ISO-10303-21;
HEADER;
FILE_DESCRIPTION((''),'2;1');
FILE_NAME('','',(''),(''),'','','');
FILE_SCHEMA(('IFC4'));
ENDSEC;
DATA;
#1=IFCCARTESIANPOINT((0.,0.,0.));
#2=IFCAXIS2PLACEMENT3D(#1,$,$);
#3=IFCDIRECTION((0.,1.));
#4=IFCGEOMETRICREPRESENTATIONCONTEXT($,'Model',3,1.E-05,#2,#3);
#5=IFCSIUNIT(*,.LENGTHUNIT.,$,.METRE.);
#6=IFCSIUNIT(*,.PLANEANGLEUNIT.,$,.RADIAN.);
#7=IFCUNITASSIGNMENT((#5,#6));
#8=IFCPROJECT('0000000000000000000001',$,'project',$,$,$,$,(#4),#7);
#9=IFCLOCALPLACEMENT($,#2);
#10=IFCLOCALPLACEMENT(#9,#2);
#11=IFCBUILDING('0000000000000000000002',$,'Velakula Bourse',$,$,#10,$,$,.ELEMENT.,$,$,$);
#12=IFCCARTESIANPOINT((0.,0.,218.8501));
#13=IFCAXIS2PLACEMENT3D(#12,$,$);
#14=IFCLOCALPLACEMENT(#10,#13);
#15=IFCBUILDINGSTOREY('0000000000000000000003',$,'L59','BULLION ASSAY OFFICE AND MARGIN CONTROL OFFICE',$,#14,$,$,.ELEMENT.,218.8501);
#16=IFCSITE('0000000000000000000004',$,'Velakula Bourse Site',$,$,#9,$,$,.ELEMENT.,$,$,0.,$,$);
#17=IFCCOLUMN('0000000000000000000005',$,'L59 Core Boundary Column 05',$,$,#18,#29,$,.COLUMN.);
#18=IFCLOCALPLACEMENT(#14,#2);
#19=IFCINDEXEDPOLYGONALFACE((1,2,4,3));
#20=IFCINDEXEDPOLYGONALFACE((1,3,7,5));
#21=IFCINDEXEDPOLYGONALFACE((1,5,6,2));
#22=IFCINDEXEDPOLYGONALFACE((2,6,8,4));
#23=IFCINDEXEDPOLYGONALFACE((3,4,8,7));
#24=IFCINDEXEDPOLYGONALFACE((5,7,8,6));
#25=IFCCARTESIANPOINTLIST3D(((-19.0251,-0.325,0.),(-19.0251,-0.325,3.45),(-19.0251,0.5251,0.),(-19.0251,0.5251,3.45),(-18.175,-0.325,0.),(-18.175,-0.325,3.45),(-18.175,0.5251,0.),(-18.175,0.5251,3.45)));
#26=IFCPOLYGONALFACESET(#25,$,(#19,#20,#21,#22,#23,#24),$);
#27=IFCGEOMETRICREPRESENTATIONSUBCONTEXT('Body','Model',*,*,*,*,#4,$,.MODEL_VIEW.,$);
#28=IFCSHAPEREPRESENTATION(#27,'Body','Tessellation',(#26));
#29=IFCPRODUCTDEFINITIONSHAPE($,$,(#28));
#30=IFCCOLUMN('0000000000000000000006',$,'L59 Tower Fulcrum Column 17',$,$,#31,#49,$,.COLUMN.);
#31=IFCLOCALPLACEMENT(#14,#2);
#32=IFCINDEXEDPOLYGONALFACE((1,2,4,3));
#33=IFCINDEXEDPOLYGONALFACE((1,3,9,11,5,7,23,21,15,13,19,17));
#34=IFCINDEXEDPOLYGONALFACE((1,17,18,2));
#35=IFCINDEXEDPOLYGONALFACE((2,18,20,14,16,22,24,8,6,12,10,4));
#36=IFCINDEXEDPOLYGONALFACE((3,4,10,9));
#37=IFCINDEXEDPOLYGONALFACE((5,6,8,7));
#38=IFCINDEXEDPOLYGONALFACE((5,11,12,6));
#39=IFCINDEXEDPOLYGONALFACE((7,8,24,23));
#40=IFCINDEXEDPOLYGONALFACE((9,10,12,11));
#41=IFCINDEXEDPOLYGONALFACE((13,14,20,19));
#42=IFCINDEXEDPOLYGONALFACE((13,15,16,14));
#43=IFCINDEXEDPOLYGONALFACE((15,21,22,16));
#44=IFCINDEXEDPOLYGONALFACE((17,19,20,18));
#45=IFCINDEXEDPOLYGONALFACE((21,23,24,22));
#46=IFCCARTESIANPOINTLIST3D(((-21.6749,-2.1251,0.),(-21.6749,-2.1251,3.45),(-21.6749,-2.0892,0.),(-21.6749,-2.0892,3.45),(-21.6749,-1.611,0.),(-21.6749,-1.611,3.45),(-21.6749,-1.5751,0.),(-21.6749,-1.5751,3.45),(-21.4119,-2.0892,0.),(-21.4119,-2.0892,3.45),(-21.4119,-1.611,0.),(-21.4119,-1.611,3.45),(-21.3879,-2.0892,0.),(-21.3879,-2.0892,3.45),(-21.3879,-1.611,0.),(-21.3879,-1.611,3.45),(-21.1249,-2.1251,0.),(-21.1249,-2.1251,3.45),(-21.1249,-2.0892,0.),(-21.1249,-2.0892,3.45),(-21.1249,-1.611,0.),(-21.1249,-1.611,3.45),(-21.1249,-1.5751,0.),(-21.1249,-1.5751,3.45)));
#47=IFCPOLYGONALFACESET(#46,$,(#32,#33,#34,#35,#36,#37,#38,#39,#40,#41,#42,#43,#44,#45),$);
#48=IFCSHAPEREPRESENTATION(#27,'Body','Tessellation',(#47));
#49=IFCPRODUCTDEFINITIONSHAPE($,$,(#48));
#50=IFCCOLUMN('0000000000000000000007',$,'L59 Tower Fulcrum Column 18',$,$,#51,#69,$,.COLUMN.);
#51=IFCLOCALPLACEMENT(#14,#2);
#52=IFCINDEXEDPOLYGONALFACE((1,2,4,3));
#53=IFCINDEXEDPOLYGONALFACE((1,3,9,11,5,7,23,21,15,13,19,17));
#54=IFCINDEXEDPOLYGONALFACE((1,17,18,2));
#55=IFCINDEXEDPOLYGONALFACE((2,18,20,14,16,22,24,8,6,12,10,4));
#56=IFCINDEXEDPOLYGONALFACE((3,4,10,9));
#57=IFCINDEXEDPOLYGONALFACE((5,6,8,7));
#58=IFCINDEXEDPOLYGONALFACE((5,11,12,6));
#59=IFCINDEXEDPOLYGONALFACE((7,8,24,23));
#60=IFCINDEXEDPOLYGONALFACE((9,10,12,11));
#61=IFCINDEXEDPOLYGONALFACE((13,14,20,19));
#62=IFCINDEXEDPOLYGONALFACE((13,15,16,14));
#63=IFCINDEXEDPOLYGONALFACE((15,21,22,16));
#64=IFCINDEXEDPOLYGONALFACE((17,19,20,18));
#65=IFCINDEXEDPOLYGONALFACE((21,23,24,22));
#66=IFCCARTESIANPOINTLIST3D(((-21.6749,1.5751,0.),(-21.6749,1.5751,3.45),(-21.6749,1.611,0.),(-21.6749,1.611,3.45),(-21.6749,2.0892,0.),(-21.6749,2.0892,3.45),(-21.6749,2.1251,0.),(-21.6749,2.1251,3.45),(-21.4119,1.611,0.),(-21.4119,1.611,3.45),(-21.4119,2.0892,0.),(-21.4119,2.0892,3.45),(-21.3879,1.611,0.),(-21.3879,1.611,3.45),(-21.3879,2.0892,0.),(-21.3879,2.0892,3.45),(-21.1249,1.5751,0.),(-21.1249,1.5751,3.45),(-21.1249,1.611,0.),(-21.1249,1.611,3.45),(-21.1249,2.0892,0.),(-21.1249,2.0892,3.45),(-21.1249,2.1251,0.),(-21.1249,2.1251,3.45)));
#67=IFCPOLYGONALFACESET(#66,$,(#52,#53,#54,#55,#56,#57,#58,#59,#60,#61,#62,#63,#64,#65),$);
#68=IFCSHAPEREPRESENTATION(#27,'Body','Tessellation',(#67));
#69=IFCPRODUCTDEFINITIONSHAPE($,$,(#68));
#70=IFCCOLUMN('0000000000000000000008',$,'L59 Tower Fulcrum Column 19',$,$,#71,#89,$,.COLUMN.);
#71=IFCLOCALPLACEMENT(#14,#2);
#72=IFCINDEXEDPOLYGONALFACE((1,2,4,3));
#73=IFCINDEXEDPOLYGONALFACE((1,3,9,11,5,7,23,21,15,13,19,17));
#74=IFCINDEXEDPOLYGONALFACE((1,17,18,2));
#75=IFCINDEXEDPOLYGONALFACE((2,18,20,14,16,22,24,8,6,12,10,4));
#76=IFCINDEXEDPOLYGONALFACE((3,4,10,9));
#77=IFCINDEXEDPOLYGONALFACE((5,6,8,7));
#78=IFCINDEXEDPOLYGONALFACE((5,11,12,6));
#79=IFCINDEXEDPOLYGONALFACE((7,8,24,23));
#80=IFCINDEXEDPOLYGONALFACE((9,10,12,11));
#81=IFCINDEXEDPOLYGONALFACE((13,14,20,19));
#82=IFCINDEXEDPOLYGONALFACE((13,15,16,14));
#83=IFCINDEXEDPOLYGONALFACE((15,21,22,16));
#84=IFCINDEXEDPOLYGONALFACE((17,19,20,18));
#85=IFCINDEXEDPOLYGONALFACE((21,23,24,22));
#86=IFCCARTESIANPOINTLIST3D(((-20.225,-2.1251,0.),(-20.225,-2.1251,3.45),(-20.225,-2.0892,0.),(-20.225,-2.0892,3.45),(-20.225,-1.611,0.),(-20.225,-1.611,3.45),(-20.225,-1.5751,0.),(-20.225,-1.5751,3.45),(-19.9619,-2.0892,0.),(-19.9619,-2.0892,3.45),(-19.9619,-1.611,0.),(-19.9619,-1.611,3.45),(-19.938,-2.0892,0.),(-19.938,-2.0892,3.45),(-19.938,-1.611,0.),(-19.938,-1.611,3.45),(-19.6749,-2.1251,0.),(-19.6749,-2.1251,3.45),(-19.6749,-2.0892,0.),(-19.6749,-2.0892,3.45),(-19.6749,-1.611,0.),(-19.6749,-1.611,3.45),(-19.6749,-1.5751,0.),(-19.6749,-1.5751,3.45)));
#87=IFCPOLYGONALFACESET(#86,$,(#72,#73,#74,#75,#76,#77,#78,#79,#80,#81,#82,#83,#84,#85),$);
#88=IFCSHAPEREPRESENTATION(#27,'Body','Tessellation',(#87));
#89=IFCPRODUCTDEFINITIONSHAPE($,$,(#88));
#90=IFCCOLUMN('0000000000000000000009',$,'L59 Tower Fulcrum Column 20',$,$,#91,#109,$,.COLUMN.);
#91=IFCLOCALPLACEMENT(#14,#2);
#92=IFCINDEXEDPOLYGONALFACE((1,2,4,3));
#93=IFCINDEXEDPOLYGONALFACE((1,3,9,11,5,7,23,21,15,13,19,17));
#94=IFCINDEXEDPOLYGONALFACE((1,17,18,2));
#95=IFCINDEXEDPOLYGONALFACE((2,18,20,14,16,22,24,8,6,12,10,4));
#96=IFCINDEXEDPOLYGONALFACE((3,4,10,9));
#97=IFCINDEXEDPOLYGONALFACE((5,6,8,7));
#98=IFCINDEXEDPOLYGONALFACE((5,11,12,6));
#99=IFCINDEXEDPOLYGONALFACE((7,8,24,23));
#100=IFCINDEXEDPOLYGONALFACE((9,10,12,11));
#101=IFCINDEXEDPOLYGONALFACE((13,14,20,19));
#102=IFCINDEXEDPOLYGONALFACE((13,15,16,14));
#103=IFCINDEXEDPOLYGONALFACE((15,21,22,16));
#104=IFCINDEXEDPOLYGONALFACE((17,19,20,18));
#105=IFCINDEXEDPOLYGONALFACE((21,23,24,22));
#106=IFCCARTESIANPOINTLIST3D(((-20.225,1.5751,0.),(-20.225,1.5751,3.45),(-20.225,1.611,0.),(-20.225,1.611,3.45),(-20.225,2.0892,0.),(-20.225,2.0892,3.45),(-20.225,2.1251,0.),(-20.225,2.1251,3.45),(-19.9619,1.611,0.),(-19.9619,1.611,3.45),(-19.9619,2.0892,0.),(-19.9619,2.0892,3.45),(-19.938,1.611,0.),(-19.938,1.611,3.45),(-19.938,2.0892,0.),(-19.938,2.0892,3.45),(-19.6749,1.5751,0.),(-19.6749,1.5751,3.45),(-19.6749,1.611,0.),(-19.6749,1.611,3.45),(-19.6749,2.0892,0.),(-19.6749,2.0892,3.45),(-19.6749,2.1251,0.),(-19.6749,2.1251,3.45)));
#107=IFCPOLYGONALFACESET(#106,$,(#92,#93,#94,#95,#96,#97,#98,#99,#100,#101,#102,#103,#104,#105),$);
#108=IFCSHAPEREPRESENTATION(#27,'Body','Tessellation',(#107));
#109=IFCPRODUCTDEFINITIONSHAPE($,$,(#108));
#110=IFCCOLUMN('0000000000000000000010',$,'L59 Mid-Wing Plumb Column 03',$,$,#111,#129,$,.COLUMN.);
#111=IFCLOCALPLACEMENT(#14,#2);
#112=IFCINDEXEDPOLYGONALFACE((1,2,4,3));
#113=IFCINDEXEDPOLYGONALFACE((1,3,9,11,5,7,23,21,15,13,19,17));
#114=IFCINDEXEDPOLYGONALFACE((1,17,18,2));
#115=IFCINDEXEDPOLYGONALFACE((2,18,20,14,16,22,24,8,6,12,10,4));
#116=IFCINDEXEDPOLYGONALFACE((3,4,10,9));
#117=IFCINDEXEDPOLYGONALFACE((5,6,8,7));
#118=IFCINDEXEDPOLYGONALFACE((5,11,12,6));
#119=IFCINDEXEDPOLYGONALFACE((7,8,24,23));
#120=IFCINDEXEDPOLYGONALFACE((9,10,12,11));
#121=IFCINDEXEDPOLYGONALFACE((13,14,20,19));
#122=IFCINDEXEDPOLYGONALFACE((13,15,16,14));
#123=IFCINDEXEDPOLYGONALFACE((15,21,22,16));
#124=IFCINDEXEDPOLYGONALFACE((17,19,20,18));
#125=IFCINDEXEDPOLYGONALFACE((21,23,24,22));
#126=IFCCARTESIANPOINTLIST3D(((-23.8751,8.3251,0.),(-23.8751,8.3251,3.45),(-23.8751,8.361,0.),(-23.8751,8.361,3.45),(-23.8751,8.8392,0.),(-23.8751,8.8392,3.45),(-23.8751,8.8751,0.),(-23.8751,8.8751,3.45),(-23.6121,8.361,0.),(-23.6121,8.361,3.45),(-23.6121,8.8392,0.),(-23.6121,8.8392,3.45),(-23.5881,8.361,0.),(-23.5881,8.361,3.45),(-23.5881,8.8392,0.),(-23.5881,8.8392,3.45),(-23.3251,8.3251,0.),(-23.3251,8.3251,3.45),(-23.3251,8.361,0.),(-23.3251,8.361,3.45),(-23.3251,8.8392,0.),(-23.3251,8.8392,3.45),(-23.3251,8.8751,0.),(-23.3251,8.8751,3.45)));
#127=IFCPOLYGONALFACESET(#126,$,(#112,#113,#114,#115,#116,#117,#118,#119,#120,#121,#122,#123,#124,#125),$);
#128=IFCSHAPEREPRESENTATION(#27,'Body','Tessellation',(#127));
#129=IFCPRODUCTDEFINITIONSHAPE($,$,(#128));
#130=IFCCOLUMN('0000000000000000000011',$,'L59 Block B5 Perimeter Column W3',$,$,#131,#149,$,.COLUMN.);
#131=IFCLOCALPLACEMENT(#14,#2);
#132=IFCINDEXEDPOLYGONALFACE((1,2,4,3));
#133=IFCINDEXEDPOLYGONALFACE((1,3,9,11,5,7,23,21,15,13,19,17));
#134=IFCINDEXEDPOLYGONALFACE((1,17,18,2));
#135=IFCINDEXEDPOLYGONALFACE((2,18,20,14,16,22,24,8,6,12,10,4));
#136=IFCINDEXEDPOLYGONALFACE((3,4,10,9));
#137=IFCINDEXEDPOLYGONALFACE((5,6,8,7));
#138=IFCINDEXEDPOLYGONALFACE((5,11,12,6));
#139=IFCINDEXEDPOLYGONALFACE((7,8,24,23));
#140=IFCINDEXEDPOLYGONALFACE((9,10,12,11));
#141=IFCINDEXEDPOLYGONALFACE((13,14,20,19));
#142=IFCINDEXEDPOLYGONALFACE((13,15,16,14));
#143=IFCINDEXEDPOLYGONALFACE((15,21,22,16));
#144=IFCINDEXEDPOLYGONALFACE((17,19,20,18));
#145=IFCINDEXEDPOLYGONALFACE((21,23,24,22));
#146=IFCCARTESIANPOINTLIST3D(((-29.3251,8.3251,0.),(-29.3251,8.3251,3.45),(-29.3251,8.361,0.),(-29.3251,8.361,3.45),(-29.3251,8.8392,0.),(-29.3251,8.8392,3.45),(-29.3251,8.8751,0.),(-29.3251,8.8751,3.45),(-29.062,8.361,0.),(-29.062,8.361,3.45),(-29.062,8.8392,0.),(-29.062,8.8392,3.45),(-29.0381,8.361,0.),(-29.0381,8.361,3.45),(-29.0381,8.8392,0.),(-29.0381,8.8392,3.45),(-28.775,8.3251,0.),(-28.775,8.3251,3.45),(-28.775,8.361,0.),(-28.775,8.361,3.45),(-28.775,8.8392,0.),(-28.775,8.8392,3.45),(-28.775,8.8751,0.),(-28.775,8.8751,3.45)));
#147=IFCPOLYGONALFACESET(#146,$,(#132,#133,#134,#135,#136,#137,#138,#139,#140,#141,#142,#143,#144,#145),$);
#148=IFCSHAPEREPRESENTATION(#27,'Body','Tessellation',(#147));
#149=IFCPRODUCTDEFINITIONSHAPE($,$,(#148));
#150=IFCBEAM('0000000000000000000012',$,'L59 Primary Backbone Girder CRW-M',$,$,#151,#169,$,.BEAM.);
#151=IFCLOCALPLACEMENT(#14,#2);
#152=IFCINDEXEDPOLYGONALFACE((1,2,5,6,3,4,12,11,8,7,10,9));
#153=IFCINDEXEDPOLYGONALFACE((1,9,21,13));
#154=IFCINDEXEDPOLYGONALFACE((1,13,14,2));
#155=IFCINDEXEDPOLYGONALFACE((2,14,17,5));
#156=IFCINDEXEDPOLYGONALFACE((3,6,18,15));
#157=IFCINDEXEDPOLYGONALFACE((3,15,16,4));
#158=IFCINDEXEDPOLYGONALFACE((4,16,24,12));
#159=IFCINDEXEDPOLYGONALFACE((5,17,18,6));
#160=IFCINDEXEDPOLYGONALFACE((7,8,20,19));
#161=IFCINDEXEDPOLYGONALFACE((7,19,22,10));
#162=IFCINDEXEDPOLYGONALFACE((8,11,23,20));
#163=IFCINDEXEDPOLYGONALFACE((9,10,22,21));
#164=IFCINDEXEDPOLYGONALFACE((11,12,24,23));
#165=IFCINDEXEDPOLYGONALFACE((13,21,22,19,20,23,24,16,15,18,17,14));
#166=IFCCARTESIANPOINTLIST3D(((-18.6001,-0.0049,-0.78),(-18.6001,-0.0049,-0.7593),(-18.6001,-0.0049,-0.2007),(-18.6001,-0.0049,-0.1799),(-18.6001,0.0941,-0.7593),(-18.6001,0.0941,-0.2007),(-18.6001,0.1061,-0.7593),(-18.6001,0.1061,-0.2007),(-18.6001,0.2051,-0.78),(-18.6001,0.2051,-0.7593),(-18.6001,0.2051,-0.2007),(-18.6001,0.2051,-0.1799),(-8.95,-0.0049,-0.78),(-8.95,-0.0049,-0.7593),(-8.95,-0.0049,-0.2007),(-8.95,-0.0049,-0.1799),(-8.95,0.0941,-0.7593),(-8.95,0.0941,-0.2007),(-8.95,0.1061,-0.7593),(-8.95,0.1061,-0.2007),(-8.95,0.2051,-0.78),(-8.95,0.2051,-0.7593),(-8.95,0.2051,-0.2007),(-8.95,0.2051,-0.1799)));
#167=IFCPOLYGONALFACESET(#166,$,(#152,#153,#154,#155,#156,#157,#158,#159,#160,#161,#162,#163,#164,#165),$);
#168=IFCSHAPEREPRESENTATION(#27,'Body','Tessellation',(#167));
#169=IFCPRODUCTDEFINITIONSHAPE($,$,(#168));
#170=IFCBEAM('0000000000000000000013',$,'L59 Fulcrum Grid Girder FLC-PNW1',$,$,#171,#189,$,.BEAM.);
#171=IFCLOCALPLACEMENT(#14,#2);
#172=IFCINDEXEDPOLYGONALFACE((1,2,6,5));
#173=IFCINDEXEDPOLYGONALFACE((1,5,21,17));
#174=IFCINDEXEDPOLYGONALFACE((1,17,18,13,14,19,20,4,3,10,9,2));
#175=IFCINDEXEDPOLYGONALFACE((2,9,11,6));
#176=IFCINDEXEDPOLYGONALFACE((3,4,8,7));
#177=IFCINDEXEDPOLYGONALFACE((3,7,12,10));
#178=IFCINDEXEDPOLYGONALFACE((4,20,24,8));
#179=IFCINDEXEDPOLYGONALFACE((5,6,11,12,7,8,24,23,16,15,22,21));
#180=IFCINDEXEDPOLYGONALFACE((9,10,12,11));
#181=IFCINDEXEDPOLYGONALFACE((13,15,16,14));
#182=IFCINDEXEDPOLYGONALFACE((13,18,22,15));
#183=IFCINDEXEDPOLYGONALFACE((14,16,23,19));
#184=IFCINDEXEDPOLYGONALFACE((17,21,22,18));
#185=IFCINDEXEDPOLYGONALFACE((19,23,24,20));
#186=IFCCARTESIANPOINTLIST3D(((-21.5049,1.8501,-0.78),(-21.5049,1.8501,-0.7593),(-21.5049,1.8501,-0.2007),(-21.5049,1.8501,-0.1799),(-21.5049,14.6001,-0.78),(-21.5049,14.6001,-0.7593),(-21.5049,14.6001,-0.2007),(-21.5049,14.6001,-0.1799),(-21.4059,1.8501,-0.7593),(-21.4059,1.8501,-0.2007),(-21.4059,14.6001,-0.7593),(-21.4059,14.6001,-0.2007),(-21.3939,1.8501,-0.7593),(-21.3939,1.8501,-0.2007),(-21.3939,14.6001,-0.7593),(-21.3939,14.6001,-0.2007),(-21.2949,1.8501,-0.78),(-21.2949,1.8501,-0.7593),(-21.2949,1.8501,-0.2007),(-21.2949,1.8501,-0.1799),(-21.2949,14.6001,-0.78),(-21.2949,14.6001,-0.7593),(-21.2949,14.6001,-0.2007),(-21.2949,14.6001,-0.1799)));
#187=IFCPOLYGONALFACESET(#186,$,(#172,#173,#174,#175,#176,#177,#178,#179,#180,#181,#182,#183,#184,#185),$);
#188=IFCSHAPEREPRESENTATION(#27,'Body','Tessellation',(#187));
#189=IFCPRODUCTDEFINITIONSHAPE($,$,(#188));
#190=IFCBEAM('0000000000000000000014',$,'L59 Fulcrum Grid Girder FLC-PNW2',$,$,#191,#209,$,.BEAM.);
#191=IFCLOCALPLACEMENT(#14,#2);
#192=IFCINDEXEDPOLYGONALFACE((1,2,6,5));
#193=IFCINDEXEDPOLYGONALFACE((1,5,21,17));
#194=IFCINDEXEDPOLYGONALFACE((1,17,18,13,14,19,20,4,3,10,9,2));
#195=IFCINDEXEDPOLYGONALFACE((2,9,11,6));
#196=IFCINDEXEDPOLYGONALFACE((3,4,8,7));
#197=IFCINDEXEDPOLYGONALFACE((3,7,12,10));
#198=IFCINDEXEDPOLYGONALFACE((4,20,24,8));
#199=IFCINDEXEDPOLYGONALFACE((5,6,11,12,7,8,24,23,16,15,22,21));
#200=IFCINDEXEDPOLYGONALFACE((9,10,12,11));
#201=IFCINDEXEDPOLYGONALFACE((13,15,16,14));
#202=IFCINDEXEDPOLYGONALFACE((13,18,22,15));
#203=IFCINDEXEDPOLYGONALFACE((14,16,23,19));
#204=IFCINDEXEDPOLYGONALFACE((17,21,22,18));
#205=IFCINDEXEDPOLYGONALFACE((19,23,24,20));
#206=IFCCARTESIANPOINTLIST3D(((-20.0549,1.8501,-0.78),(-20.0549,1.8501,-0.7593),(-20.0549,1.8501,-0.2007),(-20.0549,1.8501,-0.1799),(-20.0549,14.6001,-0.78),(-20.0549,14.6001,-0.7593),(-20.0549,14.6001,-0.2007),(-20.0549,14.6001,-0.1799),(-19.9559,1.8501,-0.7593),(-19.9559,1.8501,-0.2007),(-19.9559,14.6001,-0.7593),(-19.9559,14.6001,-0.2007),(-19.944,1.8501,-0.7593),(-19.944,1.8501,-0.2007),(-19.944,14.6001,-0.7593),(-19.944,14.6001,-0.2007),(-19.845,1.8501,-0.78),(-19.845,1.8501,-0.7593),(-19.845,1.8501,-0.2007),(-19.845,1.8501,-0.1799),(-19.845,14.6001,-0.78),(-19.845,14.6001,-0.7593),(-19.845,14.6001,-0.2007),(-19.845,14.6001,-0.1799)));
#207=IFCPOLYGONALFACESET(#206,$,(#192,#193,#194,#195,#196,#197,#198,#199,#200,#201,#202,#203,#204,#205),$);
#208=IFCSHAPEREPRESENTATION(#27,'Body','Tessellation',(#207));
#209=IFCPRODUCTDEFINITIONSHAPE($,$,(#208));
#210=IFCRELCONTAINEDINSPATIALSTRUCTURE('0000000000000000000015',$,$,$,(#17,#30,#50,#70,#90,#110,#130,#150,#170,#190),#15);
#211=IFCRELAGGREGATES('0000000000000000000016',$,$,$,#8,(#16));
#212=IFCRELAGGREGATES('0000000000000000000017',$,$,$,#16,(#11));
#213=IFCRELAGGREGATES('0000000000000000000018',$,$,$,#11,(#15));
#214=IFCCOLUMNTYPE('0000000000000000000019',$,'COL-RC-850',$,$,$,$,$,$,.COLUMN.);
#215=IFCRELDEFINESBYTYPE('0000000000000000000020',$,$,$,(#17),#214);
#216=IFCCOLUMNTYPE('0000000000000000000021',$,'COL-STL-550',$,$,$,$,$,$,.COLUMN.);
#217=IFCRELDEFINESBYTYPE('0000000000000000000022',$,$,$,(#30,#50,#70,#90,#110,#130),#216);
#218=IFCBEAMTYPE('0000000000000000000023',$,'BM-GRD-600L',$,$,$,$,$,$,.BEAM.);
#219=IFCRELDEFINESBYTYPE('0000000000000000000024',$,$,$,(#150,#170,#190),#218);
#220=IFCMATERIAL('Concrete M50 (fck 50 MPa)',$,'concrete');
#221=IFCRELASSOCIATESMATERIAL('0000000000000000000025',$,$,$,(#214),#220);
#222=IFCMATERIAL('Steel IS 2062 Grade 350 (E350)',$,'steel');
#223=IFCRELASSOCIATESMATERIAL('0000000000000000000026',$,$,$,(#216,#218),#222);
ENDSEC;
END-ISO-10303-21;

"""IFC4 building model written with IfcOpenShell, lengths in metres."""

from ifc_helpers import new_model, si_unit, direction, frame, origin, origin_2d, place, context, subcontext, project, spatial, rectangle, i_section, extrude, material, material_profile, profile_set, type_object, element, save


model = new_model("IFC4")

# Units and contexts
model_context = context("Model", 3, precision=1e-05, world=origin(), true_north=direction((0.0, 1.0)))
body_context = subcontext(model_context, "Body", "Model", "MODEL_VIEW")
ifc_project = project(units=[si_unit("LENGTHUNIT", "METRE"), si_unit("PLANEANGLEUNIT", "RADIAN")], contexts=[model_context])

# Site, building, storey
site_placement = place(None, origin())
site = spatial("IfcSite", under=ifc_project, at=site_placement, Name="Velakula Bourse Site", CompositionType="ELEMENT", RefElevation=0.0)
building_placement = place(site_placement, origin())
building = spatial("IfcBuilding", under=site, at=building_placement, Name="Velakula Bourse", CompositionType="ELEMENT")
storey_placement = place(building_placement, frame((0.0, 0.0, 218.8501)))
storey = spatial("IfcBuildingStorey", under=building, at=storey_placement, Name="L59", Description="BULLION ASSAY OFFICE AND MARGIN CONTROL OFFICE", CompositionType="ELEMENT", Elevation=218.8501)

# Columns
ifc_material_1 = material(Name="Concrete M50 (fck 50 MPa)", Category="concrete")
ifc_material_profile_1 = material_profile(ifc_material_1, rectangle(XDim=0.8501, YDim=0.8501, at=origin_2d()), Name="Concrete M50 (fck 50 MPa)")
ifc_profile_set_1 = profile_set([ifc_material_profile_1], Name="Concrete M50 (fck 50 MPa)")
column_type_1 = type_object("IfcColumnType", Name="COL-RC-850", PredefinedType="COLUMN", material=ifc_profile_set_1)
column_placement = place(storey_placement, frame((-18.6001, 0.1001, 0.0), z_axis=(0.0, 0.0, 1.0), x_axis=(1.0, 0.0, 0.0)))
element("IfcColumn", 1, at=column_placement, inside=storey, type_object=column_type_1, Name="L59 Core Boundary Column 05", PredefinedType="COLUMN", context=body_context, shape_type="SweptSolid", body=[
    extrude(rectangle(XDim=0.8501, YDim=0.8501, at=origin_2d()), origin(), (0.0, 0.0, 1.0), 3.45),
])
ifc_material_2 = material(Name="Steel IS 2062 Grade 350 (E350)", Category="steel")
ifc_material_profile_2 = material_profile(ifc_material_2, i_section(OverallWidth=0.55, OverallDepth=0.55, WebThickness=0.0239, FlangeThickness=0.0359, at=origin_2d()), Name="Steel IS 2062 Grade 350 (E350)")
ifc_profile_set_2 = profile_set([ifc_material_profile_2], Name="Steel IS 2062 Grade 350 (E350)")
column_type_2 = type_object("IfcColumnType", Name="COL-STL-550", PredefinedType="COLUMN", material=ifc_profile_set_2)
for number, where, z_axis, x_axis, name in (
    (2, (-21.3999, -1.8501, 0.0), (0.0, 0.0, 1.0), (1.0, 0.0, 0.0), "L59 Tower Fulcrum Column 17"),
    (3, (-21.3999, 1.8501, 0.0), (0.0, 0.0, 1.0), (1.0, 0.0, 0.0), "L59 Tower Fulcrum Column 18"),
    (4, (-19.95, -1.8501, 0.0), (0.0, 0.0, 1.0), (1.0, 0.0, 0.0), "L59 Tower Fulcrum Column 19"),
    (5, (-19.95, 1.8501, 0.0), (0.0, 0.0, 1.0), (1.0, 0.0, 0.0), "L59 Tower Fulcrum Column 20"),
    (6, (-23.6001, 8.6001, 0.0), (0.0, 0.0, 1.0), (1.0, 0.0, 0.0), "L59 Mid-Wing Plumb Column 03"),
    (7, (-29.05, 8.6001, 0.0), (0.0, 0.0, 1.0), (1.0, 0.0, 0.0), "L59 Block B5 Perimeter Column W3"),
):
    element("IfcColumn", number, at=place(storey_placement, frame(where, z_axis=z_axis, x_axis=x_axis)), inside=storey, type_object=column_type_2, Name=name, PredefinedType="COLUMN", context=body_context, shape_type="SweptSolid", body=[
        extrude(i_section(OverallWidth=0.55, OverallDepth=0.55, WebThickness=0.0239, FlangeThickness=0.0359, at=origin_2d()), origin(), (0.0, 0.0, 1.0), 3.45),
    ])

# Beams
ifc_material_profile_3 = material_profile(ifc_material_2, i_section(OverallWidth=0.21, OverallDepth=0.6001, WebThickness=0.012, FlangeThickness=0.0208, at=origin_2d()), Name="Steel IS 2062 Grade 350 (E350)")
ifc_profile_set_3 = profile_set([ifc_material_profile_3], Name="Steel IS 2062 Grade 350 (E350)")
beam_type_1 = type_object("IfcBeamType", Name="BM-GRD-600L", PredefinedType="BEAM", material=ifc_profile_set_3)
beam_1_placement = place(storey_placement, frame((-18.6001, 0.1001, -0.48), z_axis=(1.0, 0.0, 0.0), x_axis=(0.0, 1.0, 0.0)))
element("IfcBeam", 8, at=beam_1_placement, inside=storey, type_object=beam_type_1, Name="L59 Primary Backbone Girder CRW-M", PredefinedType="BEAM", context=body_context, shape_type="SweptSolid", body=[
    extrude(i_section(OverallWidth=0.21, OverallDepth=0.6001, WebThickness=0.012, FlangeThickness=0.0208, at=origin_2d()), origin(), (0.0, 0.0, 1.0), 9.6501),
])
for number, where, z_axis, x_axis, name in (
    (9, (-21.3999, 1.8501, -0.48), (0.0, 1.0, 0.0), (-1.0, 0.0, 0.0), "L59 Fulcrum Grid Girder FLC-PNW1"),
    (10, (-19.95, 1.8501, -0.48), (0.0, 1.0, 0.0), (-1.0, 0.0, 0.0), "L59 Fulcrum Grid Girder FLC-PNW2"),
):
    element("IfcBeam", number, at=place(storey_placement, frame(where, z_axis=z_axis, x_axis=x_axis)), inside=storey, type_object=beam_type_1, Name=name, PredefinedType="BEAM", context=body_context, shape_type="SweptSolid", body=[
        extrude(i_section(OverallWidth=0.21, OverallDepth=0.6001, WebThickness=0.012, FlangeThickness=0.0208, at=origin_2d()), origin(), (0.0, 0.0, 1.0), 12.75),
    ])

save(model, "model.ifc")
